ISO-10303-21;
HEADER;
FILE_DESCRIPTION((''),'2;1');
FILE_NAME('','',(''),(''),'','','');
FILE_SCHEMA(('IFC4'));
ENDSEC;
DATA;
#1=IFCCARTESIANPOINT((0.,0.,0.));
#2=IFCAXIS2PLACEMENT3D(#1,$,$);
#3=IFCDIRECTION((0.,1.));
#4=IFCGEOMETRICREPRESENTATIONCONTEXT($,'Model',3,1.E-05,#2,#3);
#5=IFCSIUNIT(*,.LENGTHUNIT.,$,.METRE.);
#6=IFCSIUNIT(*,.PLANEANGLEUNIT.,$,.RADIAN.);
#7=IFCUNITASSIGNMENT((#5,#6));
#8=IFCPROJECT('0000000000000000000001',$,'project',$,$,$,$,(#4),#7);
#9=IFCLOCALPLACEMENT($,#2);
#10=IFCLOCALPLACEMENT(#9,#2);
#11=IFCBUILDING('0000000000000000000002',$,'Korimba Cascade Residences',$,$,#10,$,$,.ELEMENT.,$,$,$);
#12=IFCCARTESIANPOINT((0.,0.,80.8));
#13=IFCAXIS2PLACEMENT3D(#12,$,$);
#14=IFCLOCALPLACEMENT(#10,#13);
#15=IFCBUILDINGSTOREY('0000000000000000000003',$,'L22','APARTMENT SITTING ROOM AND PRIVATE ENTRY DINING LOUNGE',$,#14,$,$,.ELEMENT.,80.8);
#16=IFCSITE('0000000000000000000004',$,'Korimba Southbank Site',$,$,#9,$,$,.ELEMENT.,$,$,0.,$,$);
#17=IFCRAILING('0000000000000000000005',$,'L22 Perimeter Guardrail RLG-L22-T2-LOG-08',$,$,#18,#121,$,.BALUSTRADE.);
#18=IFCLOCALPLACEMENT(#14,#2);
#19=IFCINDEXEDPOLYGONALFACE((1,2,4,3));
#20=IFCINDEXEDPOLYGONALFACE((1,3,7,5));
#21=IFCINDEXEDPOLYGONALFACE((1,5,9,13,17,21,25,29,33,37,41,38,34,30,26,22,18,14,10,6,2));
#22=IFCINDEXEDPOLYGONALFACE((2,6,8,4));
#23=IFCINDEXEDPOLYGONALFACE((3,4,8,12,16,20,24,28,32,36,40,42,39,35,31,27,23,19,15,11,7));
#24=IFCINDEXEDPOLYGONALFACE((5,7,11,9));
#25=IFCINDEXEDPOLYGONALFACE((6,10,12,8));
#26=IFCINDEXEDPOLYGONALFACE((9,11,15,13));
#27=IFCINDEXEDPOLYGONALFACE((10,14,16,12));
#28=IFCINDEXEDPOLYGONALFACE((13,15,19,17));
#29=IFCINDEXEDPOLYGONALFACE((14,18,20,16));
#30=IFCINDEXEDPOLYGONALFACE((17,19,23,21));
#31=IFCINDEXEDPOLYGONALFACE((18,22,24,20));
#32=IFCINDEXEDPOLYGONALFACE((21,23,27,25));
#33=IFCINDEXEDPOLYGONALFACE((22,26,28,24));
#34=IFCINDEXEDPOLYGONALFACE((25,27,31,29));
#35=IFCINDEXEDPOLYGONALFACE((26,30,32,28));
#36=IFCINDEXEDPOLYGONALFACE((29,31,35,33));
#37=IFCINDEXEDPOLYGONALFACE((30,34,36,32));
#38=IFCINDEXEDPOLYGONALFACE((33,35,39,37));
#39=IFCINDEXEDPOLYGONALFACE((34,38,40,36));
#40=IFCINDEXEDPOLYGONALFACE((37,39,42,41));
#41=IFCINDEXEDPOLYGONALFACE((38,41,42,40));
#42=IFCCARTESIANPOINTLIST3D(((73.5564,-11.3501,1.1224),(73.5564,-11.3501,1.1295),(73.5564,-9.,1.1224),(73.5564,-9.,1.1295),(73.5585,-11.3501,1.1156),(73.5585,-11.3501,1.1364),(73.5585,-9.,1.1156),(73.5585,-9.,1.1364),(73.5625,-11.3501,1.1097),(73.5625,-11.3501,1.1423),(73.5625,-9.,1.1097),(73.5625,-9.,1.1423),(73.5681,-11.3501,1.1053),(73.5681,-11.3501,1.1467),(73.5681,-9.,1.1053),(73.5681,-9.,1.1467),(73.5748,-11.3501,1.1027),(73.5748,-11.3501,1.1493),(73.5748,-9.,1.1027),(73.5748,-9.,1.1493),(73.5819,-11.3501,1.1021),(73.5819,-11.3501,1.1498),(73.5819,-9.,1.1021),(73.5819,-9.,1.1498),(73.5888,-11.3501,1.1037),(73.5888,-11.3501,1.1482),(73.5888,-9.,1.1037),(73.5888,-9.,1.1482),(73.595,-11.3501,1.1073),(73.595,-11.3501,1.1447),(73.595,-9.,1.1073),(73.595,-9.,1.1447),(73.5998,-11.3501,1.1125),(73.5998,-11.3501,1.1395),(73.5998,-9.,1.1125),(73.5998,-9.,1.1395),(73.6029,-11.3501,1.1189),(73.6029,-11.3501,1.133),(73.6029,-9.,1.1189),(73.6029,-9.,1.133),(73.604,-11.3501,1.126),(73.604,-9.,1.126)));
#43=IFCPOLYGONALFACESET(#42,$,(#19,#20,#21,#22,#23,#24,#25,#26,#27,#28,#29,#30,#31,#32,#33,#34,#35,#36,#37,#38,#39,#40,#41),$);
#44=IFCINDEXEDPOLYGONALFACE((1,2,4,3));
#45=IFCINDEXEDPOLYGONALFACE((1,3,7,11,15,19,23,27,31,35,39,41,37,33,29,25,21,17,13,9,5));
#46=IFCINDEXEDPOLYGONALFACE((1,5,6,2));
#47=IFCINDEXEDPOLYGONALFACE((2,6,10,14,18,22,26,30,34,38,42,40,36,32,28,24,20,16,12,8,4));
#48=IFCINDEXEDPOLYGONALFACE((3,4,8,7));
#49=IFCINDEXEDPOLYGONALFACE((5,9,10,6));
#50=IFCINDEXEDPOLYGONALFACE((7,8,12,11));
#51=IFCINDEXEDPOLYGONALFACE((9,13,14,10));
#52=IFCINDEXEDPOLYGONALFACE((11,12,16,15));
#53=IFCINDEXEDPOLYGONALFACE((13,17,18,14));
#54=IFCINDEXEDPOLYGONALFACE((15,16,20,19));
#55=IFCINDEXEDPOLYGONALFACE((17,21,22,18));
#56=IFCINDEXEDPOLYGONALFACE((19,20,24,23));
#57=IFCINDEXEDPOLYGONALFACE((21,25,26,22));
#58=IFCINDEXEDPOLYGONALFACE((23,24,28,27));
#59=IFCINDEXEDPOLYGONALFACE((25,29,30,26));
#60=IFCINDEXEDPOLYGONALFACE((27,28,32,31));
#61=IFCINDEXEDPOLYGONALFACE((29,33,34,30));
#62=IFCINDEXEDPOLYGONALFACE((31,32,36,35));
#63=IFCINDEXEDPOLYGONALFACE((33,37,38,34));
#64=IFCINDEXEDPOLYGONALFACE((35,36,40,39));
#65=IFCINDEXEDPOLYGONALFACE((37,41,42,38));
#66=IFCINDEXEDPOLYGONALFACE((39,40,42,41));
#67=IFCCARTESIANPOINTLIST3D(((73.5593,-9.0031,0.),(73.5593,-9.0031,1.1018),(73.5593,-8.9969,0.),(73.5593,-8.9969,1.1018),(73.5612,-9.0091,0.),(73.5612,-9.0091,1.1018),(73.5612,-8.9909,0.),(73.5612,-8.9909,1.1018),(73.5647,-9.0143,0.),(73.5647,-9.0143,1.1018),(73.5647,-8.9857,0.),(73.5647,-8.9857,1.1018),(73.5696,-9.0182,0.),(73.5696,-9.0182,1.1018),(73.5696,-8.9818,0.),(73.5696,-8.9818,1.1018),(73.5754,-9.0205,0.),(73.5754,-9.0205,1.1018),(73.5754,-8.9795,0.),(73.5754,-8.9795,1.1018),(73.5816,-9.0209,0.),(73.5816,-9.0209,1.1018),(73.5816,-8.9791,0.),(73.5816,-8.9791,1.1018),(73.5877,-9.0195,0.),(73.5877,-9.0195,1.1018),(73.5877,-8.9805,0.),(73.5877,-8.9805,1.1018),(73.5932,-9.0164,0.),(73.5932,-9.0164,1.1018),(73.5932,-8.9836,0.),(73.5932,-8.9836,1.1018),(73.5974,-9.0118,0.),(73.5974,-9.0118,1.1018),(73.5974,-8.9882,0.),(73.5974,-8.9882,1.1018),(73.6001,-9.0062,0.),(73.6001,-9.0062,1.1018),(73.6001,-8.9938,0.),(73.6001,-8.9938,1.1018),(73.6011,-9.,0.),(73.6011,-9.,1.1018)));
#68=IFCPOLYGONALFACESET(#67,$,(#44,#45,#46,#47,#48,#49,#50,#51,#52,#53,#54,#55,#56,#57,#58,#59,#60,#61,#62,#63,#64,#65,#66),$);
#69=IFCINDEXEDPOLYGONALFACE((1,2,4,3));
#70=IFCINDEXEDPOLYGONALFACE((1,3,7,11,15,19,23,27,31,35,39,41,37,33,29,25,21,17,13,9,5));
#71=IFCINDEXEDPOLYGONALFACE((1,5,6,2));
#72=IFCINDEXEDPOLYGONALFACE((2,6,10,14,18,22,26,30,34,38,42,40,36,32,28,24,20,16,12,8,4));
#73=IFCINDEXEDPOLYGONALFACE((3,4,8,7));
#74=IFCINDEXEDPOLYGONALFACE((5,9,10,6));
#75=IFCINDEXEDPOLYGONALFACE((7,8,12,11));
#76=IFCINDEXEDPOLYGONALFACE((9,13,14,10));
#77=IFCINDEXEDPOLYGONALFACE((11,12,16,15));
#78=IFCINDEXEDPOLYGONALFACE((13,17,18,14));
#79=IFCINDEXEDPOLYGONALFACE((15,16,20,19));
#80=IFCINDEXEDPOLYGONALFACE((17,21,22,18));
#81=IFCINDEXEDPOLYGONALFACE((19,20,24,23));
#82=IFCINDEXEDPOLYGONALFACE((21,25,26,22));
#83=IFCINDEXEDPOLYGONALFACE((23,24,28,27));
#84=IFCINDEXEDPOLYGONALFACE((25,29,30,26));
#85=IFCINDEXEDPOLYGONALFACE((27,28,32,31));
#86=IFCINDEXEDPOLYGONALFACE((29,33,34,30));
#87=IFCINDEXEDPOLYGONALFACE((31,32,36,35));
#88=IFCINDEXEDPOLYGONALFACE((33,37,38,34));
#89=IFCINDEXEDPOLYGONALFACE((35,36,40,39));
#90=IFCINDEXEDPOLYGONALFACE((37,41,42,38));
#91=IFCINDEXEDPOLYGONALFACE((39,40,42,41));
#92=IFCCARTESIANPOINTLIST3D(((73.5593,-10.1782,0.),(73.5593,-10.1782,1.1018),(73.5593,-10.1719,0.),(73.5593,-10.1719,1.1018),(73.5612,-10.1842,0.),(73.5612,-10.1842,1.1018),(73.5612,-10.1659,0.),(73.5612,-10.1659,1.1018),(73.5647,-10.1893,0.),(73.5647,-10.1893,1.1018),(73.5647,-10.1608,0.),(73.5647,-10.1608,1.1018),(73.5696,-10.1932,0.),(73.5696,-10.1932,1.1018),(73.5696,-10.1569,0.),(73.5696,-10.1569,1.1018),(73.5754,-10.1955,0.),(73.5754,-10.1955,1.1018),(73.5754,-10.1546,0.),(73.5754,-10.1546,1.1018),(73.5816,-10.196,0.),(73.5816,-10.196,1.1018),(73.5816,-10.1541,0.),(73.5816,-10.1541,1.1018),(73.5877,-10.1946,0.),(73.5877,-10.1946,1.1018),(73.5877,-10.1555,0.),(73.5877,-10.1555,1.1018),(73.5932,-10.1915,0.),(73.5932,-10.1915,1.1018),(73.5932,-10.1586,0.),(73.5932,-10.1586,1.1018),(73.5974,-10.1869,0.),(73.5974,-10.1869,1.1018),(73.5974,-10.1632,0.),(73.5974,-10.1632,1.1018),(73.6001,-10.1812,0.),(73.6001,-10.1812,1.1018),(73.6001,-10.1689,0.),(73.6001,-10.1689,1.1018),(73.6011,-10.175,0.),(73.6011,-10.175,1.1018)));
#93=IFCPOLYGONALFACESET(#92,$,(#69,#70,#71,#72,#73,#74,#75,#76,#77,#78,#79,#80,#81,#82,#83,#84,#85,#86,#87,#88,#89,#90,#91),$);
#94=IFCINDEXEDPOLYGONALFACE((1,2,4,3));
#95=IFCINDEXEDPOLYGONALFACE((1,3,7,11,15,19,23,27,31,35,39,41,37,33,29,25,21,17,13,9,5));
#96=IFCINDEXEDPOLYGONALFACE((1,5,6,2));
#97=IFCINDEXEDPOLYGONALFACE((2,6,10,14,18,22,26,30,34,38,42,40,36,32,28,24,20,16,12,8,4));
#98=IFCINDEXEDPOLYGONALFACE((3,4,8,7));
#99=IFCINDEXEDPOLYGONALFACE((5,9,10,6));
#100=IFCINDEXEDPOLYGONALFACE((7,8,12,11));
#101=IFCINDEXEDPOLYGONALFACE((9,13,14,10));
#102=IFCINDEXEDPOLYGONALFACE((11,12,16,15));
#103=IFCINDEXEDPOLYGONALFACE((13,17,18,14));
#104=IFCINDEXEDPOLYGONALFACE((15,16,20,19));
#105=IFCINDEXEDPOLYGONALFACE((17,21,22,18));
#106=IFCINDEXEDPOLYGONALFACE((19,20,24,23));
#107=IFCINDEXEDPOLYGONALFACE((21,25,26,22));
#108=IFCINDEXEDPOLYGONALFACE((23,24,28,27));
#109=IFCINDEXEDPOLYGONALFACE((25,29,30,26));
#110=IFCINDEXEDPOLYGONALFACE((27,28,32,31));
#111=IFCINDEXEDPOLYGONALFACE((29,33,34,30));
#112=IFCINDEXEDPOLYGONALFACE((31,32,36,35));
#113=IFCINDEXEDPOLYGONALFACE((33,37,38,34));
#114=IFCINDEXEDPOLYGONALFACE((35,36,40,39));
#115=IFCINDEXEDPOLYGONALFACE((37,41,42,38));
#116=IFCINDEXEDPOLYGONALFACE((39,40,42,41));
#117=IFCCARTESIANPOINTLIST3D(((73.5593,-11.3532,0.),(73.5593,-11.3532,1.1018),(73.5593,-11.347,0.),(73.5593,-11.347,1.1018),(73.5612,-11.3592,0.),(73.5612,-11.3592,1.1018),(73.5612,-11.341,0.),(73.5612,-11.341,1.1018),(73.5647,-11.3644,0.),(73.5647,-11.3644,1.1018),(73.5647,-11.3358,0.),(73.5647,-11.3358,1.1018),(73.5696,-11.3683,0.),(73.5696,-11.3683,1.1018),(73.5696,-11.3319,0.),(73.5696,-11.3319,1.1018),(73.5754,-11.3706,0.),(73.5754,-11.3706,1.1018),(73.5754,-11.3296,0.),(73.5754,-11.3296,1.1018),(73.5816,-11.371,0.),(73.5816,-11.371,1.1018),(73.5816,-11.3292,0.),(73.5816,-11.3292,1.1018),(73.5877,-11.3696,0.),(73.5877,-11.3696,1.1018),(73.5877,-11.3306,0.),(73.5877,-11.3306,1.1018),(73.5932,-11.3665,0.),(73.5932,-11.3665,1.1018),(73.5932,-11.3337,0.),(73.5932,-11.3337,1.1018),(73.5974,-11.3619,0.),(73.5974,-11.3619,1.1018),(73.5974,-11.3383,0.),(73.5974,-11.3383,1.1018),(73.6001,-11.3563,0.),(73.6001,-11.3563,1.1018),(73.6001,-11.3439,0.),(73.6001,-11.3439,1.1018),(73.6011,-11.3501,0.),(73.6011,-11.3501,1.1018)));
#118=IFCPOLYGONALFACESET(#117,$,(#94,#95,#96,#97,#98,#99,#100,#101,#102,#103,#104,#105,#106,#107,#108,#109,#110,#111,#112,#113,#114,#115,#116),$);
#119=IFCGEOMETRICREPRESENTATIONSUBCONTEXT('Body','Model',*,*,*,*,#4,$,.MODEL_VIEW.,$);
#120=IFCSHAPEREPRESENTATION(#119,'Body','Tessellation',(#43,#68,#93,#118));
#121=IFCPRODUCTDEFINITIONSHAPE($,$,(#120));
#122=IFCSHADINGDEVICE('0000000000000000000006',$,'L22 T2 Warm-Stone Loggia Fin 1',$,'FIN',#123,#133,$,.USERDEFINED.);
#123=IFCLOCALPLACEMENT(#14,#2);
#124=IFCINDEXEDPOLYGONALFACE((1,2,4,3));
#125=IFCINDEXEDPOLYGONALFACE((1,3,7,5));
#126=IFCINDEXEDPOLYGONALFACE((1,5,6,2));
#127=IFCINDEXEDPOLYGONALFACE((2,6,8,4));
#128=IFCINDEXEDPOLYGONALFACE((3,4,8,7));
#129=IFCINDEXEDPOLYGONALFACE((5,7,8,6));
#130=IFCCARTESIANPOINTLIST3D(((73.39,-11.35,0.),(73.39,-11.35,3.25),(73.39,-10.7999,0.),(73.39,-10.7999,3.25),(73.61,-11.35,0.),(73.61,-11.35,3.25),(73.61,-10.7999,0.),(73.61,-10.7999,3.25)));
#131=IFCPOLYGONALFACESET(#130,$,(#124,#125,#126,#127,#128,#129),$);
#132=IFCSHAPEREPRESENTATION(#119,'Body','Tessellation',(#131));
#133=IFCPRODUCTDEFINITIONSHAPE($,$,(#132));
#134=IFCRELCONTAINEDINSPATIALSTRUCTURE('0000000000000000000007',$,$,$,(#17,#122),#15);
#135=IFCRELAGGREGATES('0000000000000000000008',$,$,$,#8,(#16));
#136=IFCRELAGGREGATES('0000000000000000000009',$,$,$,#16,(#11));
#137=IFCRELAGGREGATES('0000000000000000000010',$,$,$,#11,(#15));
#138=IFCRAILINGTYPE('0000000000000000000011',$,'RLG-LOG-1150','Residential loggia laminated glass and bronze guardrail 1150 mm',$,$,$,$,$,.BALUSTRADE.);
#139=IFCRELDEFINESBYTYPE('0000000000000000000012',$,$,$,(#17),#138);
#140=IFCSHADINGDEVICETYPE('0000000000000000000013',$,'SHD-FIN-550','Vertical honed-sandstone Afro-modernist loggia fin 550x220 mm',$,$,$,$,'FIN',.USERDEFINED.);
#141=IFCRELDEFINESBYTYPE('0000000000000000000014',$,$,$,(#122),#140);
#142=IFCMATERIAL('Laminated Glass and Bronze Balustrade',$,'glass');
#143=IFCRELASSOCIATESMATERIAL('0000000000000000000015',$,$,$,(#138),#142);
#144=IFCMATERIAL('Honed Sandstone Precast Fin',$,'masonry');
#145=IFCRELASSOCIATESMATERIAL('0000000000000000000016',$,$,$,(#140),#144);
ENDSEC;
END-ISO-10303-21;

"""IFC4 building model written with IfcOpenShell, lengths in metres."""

from ifc_helpers import new_model, si_unit, direction, frame, origin, origin_2d, place, context, subcontext, project, spatial, rectangle, circle, extrude, material, type_object, element, save


model = new_model("IFC4")

# Units and contexts
model_context = context("Model", 3, precision=1e-05, world=origin(), true_north=direction((0.0, 1.0)))
body_context = subcontext(model_context, "Body", "Model", "MODEL_VIEW")
ifc_project = project(units=[si_unit("LENGTHUNIT", "METRE"), si_unit("PLANEANGLEUNIT", "RADIAN")], contexts=[model_context])

# Site, building, storey
site_placement = place(None, origin())
site = spatial("IfcSite", under=ifc_project, at=site_placement, Name="Korimba Southbank Site", CompositionType="ELEMENT", RefElevation=0.0)
building_placement = place(site_placement, origin())
building = spatial("IfcBuilding", under=site, at=building_placement, Name="Korimba Cascade Residences", CompositionType="ELEMENT")
storey_placement = place(building_placement, frame((0.0, 0.0, 80.8)))
storey = spatial("IfcBuildingStorey", under=building, at=storey_placement, Name="L22", Description="APARTMENT SITTING ROOM AND PRIVATE ENTRY DINING LOUNGE", CompositionType="ELEMENT", Elevation=80.8)

# Railing
ifc_material_1 = material(Name="Laminated Glass and Bronze Balustrade", Category="glass")
railing_type = type_object("IfcRailingType", Name="RLG-LOG-1150", Description="Residential loggia laminated glass and bronze guardrail 1150 mm", PredefinedType="BALUSTRADE", material=ifc_material_1)
railing_1_placement = place(storey_placement, frame((73.5801, -9.0, 0.0)))
element("IfcRailing", 1, at=railing_1_placement, inside=storey, type_object=railing_type, Name="L22 Perimeter Guardrail RLG-L22-T2-LOG-08", PredefinedType="BALUSTRADE", context=body_context, shape_type="SweptSolid", body=[
    extrude(circle(Radius=0.0239, at=origin_2d()), frame((0.0, 0.0, 1.126), z_axis=(0.0, -1.0, 0.0), x_axis=(1.0, 0.0, 0.0)), (0.0, 0.0, 1.0), 2.3501),
    extrude(circle(Radius=0.021, at=origin_2d()), origin(), (0.0, 0.0, 1.0), 1.1018),
    extrude(circle(Radius=0.021, at=origin_2d()), frame((0.0, -1.175, 0.0)), (0.0, 0.0, 1.0), 1.1018),
    extrude(circle(Radius=0.021, at=origin_2d()), frame((0.0, -2.3501, 0.0)), (0.0, 0.0, 1.0), 1.1018),
])

# Shading device
ifc_material_2 = material(Name="Honed Sandstone Precast Fin", Category="masonry")
shading_device_type = type_object("IfcShadingDeviceType", Name="SHD-FIN-550", Description="Vertical honed-sandstone Afro-modernist loggia fin 550x220 mm", ElementType="FIN", PredefinedType="USERDEFINED", material=ifc_material_2)
shading_device_placement = place(storey_placement, frame((73.5, -11.075, 0.0), z_axis=(0.0, 0.0, 1.0), x_axis=(1.0, 0.0, 0.0)))
element("IfcShadingDevice", 2, at=shading_device_placement, inside=storey, type_object=shading_device_type, Name="L22 T2 Warm-Stone Loggia Fin 1", ObjectType="FIN", PredefinedType="USERDEFINED", context=body_context, shape_type="SweptSolid", body=[
    extrude(rectangle(XDim=0.22, YDim=0.55, at=origin_2d()), origin(), (0.0, 0.0, 1.0), 3.25),
])

save(model, "model.ifc")
